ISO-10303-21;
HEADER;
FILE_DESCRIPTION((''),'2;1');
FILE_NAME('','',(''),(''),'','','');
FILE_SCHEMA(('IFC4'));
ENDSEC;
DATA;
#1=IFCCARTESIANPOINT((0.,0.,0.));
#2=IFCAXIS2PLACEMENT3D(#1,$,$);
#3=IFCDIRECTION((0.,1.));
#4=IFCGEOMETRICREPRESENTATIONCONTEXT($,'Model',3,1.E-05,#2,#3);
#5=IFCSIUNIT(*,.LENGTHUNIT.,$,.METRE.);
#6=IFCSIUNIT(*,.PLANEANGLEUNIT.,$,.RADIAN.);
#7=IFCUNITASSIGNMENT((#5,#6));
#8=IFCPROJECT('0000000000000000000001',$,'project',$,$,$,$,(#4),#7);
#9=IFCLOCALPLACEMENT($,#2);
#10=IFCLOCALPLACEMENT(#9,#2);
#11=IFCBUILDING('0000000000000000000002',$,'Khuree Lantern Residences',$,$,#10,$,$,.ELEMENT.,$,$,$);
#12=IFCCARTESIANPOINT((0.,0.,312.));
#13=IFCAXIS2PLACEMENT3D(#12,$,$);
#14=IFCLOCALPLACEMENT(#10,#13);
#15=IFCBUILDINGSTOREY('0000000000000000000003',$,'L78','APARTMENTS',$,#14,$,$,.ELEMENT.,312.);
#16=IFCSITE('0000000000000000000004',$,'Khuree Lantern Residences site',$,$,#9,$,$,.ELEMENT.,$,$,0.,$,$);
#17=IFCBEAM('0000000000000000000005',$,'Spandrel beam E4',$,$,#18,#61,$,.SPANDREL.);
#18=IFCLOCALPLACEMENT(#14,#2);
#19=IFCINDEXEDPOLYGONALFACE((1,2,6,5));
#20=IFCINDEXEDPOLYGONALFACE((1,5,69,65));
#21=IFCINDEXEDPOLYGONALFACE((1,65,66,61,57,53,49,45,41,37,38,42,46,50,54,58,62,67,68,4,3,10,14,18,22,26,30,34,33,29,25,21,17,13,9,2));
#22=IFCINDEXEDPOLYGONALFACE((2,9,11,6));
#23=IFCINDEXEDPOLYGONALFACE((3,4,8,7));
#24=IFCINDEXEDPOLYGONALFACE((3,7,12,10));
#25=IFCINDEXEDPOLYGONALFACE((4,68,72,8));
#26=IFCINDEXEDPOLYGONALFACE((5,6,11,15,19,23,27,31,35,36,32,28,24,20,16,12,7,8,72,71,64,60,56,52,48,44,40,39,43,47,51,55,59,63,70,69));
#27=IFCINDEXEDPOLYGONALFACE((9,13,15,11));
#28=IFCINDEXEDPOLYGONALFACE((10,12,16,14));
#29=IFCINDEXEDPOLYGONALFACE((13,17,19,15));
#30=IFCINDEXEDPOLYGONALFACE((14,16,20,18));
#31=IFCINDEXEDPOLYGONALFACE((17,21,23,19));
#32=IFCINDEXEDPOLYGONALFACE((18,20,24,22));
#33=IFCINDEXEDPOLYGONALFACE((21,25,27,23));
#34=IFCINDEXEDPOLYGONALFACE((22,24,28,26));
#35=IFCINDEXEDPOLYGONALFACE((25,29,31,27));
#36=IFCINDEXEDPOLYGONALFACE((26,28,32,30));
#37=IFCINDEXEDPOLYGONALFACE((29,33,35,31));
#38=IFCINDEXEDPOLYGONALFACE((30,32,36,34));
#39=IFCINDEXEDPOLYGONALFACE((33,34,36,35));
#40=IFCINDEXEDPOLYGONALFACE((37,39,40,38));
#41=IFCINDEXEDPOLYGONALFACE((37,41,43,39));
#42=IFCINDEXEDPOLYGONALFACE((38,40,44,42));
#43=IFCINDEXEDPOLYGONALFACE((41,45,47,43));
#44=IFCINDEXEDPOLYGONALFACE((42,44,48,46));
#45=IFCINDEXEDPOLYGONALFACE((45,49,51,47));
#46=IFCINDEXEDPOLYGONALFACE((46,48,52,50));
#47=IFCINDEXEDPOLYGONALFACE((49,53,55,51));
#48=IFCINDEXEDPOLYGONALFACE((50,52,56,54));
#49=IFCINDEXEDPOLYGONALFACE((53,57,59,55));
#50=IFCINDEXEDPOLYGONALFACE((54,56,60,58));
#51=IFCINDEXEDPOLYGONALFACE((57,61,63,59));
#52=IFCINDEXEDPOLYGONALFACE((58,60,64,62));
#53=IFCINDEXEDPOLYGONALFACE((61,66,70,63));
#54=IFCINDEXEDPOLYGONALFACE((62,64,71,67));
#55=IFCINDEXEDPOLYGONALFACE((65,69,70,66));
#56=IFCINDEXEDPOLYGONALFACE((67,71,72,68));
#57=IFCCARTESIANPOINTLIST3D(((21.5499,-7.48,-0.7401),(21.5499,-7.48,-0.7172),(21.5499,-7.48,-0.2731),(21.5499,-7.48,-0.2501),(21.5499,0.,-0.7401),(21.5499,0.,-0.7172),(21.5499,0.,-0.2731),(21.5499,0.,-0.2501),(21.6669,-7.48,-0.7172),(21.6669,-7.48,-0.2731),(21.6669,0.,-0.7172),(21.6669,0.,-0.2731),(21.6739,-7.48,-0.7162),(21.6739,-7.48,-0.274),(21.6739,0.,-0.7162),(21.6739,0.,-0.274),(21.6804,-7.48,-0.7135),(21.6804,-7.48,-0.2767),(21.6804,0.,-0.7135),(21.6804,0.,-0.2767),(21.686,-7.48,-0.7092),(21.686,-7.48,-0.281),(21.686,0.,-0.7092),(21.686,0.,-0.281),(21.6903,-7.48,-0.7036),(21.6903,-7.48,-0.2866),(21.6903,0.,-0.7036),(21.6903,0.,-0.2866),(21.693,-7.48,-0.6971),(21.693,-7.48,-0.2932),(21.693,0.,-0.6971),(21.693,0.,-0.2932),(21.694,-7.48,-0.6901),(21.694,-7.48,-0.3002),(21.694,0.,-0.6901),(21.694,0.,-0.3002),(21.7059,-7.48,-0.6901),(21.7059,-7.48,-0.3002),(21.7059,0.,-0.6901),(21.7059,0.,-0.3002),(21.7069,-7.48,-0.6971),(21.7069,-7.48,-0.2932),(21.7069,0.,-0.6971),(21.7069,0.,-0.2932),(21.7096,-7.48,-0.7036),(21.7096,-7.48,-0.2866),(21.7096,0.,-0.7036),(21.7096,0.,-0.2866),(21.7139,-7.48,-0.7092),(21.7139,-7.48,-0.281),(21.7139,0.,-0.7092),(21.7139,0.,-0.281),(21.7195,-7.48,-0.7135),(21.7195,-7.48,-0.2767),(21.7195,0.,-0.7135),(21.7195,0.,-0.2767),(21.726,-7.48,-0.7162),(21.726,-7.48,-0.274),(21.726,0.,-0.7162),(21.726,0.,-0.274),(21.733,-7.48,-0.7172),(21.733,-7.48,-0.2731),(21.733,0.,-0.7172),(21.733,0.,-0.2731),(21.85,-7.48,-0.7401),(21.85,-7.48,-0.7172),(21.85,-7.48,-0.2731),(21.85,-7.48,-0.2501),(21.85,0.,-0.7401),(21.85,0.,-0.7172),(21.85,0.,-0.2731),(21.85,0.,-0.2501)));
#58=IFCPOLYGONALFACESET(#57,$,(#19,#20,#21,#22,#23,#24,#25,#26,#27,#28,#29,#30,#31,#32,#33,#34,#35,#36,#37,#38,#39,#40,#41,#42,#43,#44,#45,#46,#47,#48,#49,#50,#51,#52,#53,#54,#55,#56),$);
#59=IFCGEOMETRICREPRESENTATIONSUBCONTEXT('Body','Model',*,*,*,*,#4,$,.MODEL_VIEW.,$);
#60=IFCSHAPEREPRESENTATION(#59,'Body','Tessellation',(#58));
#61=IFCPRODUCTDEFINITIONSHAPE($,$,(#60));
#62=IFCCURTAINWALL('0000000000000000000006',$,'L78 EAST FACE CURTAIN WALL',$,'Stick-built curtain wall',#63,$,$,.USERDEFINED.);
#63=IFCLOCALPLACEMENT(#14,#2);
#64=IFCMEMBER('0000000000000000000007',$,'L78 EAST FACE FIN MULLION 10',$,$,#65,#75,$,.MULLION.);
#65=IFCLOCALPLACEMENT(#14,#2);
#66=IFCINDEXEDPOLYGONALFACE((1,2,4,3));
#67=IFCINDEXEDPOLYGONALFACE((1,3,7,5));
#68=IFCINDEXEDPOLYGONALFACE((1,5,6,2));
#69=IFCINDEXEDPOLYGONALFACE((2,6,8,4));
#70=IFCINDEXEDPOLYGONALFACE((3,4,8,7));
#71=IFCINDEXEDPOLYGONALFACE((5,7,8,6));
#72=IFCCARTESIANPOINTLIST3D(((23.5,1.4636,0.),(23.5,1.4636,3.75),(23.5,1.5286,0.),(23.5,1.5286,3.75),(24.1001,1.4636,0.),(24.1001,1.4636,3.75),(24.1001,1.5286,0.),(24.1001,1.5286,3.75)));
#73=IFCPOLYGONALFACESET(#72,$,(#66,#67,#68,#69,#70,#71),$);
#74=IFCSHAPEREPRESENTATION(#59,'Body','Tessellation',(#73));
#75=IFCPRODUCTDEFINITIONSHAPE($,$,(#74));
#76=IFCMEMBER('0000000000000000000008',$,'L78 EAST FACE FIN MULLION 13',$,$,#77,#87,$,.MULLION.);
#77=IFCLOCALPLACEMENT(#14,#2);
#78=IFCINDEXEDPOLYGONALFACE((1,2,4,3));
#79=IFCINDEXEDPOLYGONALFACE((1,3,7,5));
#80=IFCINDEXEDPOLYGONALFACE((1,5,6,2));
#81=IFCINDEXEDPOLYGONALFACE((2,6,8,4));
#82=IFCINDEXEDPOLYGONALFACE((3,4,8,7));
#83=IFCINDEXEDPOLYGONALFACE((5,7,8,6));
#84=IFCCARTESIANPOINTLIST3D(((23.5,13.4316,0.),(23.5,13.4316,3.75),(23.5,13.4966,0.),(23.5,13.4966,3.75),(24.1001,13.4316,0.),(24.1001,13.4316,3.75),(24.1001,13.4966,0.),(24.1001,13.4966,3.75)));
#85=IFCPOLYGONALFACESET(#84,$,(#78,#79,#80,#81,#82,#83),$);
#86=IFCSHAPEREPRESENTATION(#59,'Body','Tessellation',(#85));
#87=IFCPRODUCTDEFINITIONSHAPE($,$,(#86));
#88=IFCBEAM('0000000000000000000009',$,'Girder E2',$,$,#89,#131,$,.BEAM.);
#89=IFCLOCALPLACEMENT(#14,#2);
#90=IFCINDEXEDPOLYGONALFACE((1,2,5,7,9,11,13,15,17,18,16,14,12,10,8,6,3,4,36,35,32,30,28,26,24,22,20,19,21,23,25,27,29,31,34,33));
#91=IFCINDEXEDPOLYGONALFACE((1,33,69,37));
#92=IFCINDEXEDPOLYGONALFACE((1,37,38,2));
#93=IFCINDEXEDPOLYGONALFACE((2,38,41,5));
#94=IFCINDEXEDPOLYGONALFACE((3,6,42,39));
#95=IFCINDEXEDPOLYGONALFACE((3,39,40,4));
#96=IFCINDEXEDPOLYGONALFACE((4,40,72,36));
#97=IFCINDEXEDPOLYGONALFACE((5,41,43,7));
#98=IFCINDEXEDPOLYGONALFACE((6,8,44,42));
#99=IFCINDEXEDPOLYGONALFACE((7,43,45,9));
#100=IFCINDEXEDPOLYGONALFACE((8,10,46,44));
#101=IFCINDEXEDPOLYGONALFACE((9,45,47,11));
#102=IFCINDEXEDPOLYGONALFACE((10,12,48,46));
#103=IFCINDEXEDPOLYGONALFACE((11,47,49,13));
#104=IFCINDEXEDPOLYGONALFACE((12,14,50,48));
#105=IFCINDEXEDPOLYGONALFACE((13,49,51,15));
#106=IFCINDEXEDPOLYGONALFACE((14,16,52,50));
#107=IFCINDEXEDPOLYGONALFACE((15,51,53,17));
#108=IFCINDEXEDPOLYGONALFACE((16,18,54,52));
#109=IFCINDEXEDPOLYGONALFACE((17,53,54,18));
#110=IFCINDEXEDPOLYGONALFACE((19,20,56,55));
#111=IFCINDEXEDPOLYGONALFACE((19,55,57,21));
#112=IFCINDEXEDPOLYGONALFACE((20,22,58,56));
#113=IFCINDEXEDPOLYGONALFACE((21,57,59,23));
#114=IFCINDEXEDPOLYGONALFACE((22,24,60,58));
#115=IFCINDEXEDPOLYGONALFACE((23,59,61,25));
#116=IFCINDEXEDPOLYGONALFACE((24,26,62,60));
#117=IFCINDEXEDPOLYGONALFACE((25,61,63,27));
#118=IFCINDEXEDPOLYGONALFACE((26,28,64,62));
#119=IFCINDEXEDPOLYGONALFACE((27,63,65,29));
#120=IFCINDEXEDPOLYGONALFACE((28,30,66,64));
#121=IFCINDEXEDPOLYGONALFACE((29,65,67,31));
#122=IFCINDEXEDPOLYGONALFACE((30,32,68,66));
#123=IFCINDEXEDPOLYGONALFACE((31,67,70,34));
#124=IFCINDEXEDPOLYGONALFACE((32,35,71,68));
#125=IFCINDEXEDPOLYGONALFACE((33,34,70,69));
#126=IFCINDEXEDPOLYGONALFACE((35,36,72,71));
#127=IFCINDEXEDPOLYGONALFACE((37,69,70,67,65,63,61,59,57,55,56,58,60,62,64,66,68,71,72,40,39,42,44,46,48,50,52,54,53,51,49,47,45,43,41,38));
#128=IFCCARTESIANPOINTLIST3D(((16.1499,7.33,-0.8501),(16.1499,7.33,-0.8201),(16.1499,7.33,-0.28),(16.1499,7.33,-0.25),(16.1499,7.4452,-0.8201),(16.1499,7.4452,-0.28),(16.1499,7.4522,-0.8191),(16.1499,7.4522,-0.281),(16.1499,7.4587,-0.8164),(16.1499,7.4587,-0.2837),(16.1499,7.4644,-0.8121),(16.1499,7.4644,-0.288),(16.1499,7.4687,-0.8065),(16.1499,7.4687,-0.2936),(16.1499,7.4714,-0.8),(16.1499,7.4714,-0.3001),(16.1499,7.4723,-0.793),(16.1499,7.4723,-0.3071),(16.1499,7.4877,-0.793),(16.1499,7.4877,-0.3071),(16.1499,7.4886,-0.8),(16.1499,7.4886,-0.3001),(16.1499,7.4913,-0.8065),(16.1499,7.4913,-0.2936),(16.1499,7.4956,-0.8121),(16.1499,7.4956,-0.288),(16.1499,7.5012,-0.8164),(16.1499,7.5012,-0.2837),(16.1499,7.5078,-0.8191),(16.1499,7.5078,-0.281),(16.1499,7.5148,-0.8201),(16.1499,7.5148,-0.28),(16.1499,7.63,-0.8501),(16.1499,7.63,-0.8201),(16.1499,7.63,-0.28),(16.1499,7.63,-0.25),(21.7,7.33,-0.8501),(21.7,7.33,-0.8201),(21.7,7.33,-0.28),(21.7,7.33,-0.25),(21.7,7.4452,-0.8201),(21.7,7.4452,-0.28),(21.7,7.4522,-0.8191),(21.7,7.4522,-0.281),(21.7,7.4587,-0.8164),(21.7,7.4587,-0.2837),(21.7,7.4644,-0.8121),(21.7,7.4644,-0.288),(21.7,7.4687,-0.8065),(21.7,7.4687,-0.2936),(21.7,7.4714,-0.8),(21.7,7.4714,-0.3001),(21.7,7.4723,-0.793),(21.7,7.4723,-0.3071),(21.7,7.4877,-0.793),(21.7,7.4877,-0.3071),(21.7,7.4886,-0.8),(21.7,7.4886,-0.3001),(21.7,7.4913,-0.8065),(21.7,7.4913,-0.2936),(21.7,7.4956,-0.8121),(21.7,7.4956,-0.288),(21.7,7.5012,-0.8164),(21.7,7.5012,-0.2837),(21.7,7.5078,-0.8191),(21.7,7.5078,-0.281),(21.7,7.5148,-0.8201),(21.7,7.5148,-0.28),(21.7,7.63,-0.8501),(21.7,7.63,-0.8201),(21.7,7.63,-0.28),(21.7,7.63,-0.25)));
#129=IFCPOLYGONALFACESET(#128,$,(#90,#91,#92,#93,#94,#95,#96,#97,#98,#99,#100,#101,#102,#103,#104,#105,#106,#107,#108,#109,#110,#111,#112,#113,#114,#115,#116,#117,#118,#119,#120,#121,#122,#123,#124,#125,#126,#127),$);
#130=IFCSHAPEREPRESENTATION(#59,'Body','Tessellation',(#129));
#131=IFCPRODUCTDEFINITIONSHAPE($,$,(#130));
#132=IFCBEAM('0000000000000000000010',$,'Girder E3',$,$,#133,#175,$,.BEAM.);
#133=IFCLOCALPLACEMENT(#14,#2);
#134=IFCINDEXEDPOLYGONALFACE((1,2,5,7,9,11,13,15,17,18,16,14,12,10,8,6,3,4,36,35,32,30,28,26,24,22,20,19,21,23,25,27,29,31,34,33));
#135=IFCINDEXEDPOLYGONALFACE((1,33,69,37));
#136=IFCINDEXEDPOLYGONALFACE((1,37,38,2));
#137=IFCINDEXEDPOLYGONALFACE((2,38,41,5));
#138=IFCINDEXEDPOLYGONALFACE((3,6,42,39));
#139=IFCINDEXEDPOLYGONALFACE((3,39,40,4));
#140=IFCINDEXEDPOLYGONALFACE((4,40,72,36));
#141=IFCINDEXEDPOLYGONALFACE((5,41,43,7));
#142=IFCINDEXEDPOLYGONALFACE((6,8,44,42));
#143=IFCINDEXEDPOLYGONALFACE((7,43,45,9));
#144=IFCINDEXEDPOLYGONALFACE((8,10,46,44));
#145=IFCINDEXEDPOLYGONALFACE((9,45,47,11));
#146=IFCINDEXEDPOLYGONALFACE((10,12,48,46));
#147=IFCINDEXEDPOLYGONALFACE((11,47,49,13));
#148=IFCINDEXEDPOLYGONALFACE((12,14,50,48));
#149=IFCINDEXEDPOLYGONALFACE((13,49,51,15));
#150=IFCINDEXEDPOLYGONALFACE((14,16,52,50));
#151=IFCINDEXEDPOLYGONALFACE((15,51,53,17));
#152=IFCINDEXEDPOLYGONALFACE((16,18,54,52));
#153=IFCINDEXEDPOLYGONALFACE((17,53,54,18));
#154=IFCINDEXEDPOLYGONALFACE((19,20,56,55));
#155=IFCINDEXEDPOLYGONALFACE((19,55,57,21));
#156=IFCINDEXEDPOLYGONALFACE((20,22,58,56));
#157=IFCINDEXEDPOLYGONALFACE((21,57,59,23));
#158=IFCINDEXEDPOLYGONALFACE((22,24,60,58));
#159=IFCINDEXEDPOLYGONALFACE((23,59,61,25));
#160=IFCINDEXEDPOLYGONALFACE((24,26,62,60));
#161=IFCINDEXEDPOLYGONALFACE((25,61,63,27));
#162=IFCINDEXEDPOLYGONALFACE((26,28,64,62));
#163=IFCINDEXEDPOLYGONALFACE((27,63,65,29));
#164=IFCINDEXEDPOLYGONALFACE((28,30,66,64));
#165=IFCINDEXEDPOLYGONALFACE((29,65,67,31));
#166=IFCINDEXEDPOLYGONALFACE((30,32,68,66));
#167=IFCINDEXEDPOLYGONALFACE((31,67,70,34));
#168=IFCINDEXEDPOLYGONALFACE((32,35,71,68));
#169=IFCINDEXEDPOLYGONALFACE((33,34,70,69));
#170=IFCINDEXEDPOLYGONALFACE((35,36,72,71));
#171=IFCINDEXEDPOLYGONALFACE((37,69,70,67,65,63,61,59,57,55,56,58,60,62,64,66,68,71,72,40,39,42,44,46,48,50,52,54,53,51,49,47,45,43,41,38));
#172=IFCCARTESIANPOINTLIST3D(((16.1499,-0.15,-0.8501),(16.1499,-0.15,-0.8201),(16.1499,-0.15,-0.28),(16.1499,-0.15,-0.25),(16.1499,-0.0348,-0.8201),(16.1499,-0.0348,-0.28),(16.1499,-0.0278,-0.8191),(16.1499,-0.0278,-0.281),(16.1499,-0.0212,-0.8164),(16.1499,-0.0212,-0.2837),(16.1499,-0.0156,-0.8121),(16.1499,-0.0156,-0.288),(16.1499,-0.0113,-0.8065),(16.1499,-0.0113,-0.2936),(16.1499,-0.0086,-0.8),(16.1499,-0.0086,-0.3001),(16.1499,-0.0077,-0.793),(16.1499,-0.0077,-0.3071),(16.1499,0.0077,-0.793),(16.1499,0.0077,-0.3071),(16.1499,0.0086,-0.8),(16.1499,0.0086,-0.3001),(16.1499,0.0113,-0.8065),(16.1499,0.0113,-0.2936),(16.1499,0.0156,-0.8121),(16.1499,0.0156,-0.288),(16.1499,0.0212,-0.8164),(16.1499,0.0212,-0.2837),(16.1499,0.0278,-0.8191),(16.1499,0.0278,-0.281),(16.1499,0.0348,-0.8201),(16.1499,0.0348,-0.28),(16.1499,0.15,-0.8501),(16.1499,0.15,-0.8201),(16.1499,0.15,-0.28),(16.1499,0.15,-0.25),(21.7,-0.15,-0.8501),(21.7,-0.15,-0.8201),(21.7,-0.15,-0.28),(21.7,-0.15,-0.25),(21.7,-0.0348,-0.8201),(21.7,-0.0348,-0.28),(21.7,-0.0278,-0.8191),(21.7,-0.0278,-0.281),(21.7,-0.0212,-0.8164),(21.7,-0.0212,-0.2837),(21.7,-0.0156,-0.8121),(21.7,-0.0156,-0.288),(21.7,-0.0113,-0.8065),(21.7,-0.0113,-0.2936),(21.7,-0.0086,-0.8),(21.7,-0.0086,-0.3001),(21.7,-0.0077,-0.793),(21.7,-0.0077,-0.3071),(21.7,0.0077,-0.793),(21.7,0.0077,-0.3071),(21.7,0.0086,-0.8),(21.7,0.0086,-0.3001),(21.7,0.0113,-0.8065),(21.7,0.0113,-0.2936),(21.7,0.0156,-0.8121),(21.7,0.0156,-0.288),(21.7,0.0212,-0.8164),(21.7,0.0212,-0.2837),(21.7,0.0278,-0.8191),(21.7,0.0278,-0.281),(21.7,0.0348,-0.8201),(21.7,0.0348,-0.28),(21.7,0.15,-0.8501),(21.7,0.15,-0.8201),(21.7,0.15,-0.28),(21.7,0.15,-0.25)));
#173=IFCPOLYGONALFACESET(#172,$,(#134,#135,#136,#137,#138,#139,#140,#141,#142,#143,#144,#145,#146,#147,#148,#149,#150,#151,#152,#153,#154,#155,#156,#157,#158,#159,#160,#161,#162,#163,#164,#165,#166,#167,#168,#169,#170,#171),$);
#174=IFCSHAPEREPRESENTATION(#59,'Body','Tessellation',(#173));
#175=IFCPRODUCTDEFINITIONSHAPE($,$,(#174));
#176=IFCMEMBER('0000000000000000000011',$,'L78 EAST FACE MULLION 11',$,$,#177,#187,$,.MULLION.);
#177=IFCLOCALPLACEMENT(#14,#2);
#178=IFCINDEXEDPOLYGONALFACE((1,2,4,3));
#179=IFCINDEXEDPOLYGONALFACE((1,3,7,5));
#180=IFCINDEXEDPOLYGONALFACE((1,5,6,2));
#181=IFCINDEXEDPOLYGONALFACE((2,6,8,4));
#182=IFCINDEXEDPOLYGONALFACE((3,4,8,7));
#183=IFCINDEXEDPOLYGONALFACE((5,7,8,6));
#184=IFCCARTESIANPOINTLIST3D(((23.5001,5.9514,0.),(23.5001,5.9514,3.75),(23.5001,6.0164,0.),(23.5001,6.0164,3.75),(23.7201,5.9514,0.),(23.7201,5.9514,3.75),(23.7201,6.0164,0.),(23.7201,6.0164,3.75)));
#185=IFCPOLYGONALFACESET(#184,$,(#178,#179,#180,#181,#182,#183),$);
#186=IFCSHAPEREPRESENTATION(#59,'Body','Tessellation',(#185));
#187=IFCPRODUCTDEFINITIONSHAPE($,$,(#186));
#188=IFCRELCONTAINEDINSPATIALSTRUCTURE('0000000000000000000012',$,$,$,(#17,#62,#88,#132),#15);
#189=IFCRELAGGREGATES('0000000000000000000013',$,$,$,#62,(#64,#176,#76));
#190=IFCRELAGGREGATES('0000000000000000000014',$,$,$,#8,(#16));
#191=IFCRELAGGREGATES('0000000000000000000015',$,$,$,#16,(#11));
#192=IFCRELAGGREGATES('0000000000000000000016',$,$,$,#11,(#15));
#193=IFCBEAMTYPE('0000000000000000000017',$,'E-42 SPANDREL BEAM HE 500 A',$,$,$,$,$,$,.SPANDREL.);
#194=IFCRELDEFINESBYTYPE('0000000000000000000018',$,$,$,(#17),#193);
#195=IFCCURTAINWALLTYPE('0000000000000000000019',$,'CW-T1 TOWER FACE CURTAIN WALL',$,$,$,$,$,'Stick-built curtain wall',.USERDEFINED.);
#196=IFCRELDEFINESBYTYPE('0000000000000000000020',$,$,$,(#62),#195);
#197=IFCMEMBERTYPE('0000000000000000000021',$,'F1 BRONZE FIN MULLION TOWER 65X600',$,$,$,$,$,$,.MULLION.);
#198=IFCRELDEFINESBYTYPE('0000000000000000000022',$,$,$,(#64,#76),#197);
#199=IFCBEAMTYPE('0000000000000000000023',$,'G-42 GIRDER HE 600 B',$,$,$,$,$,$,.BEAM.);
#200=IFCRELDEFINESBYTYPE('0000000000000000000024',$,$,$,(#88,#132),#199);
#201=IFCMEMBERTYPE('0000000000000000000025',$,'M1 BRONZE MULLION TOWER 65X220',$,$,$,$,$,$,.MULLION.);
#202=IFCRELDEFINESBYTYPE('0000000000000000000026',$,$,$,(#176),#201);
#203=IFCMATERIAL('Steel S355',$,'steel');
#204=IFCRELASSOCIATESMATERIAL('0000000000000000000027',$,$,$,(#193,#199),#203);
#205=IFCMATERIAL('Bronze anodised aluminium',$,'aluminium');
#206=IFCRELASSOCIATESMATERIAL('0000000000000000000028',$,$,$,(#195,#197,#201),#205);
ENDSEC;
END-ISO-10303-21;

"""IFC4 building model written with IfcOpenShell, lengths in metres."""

from ifc_helpers import new_model, si_unit, direction, frame, origin, origin_2d, place, context, subcontext, project, spatial, rectangle, i_section, extrude, material, material_profile, profile_set, type_object, element, aggregate, save


model = new_model("IFC4")

# Units and contexts
model_context = context("Model", 3, precision=1e-05, world=origin(), true_north=direction((0.0, 1.0)))
body_context = subcontext(model_context, "Body", "Model", "MODEL_VIEW")
ifc_project = project(units=[si_unit("LENGTHUNIT", "METRE"), si_unit("PLANEANGLEUNIT", "RADIAN")], contexts=[model_context])

# Site, building, storey
site_placement = place(None, origin())
site = spatial("IfcSite", under=ifc_project, at=site_placement, Name="Khuree Lantern Residences site", CompositionType="ELEMENT", RefElevation=0.0)
building_placement = place(site_placement, origin())
building = spatial("IfcBuilding", under=site, at=building_placement, Name="Khuree Lantern Residences", CompositionType="ELEMENT")
storey_placement = place(building_placement, frame((0.0, 0.0, 312.0)))
storey = spatial("IfcBuildingStorey", under=building, at=storey_placement, Name="L78", Description="APARTMENTS", CompositionType="ELEMENT", Elevation=312.0)

# Beam
ifc_material_1 = material(Name="Steel S355", Category="steel")
ifc_material_profile_1 = material_profile(ifc_material_1, i_section(OverallWidth=0.3, OverallDepth=0.49, WebThickness=0.012, FlangeThickness=0.0229, FilletRadius=0.0271, at=origin_2d()), Name="HE 500 A")
ifc_profile_set_1 = profile_set([ifc_material_profile_1], Name="Steel S355")
beam_type_1 = type_object("IfcBeamType", Name="E-42 SPANDREL BEAM HE 500 A", PredefinedType="SPANDREL", material=ifc_profile_set_1)
for number, where, z_axis, x_axis, name in (
    (1, (21.7, 0.0, -0.4951), (0.0, -1.0, 0.0), (1.0, 0.0, 0.0), "Spandrel beam E4"),
):
    element("IfcBeam", number, at=place(storey_placement, frame(where, z_axis=z_axis, x_axis=x_axis)), inside=storey, type_object=beam_type_1, Name=name, PredefinedType="SPANDREL", context=body_context, shape_type="SweptSolid", body=[
        extrude(i_section(OverallWidth=0.3, OverallDepth=0.49, WebThickness=0.012, FlangeThickness=0.0229, FilletRadius=0.0271, at=origin_2d()), origin(), (0.0, 0.0, 1.0), 7.48),
    ])

# Curtain wall, members
ifc_material_2 = material(Name="Bronze anodised aluminium", Category="aluminium")
curtain_wall_type = type_object("IfcCurtainWallType", Name="CW-T1 TOWER FACE CURTAIN WALL", ElementType="Stick-built curtain wall", PredefinedType="USERDEFINED", material=ifc_material_2)
curtain_wall_placement = place(storey_placement, origin())
curtain_wall = element("IfcCurtainWall", 2, at=curtain_wall_placement, inside=storey, type_object=curtain_wall_type, Name="L78 EAST FACE CURTAIN WALL", ObjectType="Stick-built curtain wall", PredefinedType="USERDEFINED")
ifc_material_profile_2 = material_profile(ifc_material_2, rectangle(XDim=0.0649, YDim=0.6001, at=origin_2d()), Name="F1 65X600")
ifc_profile_set_2 = profile_set([ifc_material_profile_2], Name="Bronze anodised aluminium")
member_type_1 = type_object("IfcMemberType", Name="F1 BRONZE FIN MULLION TOWER 65X600", PredefinedType="MULLION", material=ifc_profile_set_2)
member_1_placement = place(storey_placement, frame((23.8, 1.4961, 0.0), z_axis=(0.0, 0.0, 1.0), x_axis=(0.0, 1.0, 0.0)))
member_1 = element("IfcMember", 3, at=member_1_placement, type_object=member_type_1, Name="L78 EAST FACE FIN MULLION 10", PredefinedType="MULLION", context=body_context, shape_type="SweptSolid", body=[
    extrude(rectangle(XDim=0.0649, YDim=0.6001, at=origin_2d()), origin(), (0.0, 0.0, 1.0), 3.75),
])
member_2_placement = place(storey_placement, frame((23.8, 13.4641, 0.0), z_axis=(0.0, 0.0, 1.0), x_axis=(0.0, 1.0, 0.0)))
member_2 = element("IfcMember", 4, at=member_2_placement, type_object=member_type_1, Name="L78 EAST FACE FIN MULLION 13", PredefinedType="MULLION", context=body_context, shape_type="SweptSolid", body=[
    extrude(rectangle(XDim=0.0649, YDim=0.6001, at=origin_2d()), origin(), (0.0, 0.0, 1.0), 3.75),
])

# Beams
ifc_material_profile_3 = material_profile(ifc_material_1, i_section(OverallWidth=0.3, OverallDepth=0.6001, WebThickness=0.0154, FlangeThickness=0.03, FilletRadius=0.0271, at=origin_2d()), Name="HE 600 B")
ifc_profile_set_3 = profile_set([ifc_material_profile_3], Name="Steel S355")
beam_type_2 = type_object("IfcBeamType", Name="G-42 GIRDER HE 600 B", PredefinedType="BEAM", material=ifc_profile_set_3)
for number, where, z_axis, x_axis, name in (
    (5, (21.7, 7.48, -0.55), (-1.0, 0.0, 0.0), (0.0, -1.0, 0.0), "Girder E2"),
    (6, (21.7, 0.0, -0.55), (-1.0, 0.0, 0.0), (0.0, -1.0, 0.0), "Girder E3"),
):
    element("IfcBeam", number, at=place(storey_placement, frame(where, z_axis=z_axis, x_axis=x_axis)), inside=storey, type_object=beam_type_2, Name=name, PredefinedType="BEAM", context=body_context, shape_type="SweptSolid", body=[
        extrude(i_section(OverallWidth=0.3, OverallDepth=0.6001, WebThickness=0.0154, FlangeThickness=0.03, FilletRadius=0.0271, at=origin_2d()), origin(), (0.0, 0.0, 1.0), 5.55),
    ])

# Member
ifc_material_profile_4 = material_profile(ifc_material_2, rectangle(XDim=0.0649, YDim=0.22, at=origin_2d()), Name="M1 65X220")
ifc_profile_set_4 = profile_set([ifc_material_profile_4], Name="Bronze anodised aluminium")
member_type_2 = type_object("IfcMemberType", Name="M1 BRONZE MULLION TOWER 65X220", PredefinedType="MULLION", material=ifc_profile_set_4)
member_3_placement = place(storey_placement, frame((23.6101, 5.9839, 0.0), z_axis=(0.0, 0.0, 1.0), x_axis=(0.0, 1.0, 0.0)))
member_3 = element("IfcMember", 7, at=member_3_placement, type_object=member_type_2, Name="L78 EAST FACE MULLION 11", PredefinedType="MULLION", context=body_context, shape_type="SweptSolid", body=[
    extrude(rectangle(XDim=0.0649, YDim=0.22, at=origin_2d()), origin(), (0.0, 0.0, 1.0), 3.75),
])

aggregate(curtain_wall, [member_1, member_3, member_2])

save(model, "model.ifc")
